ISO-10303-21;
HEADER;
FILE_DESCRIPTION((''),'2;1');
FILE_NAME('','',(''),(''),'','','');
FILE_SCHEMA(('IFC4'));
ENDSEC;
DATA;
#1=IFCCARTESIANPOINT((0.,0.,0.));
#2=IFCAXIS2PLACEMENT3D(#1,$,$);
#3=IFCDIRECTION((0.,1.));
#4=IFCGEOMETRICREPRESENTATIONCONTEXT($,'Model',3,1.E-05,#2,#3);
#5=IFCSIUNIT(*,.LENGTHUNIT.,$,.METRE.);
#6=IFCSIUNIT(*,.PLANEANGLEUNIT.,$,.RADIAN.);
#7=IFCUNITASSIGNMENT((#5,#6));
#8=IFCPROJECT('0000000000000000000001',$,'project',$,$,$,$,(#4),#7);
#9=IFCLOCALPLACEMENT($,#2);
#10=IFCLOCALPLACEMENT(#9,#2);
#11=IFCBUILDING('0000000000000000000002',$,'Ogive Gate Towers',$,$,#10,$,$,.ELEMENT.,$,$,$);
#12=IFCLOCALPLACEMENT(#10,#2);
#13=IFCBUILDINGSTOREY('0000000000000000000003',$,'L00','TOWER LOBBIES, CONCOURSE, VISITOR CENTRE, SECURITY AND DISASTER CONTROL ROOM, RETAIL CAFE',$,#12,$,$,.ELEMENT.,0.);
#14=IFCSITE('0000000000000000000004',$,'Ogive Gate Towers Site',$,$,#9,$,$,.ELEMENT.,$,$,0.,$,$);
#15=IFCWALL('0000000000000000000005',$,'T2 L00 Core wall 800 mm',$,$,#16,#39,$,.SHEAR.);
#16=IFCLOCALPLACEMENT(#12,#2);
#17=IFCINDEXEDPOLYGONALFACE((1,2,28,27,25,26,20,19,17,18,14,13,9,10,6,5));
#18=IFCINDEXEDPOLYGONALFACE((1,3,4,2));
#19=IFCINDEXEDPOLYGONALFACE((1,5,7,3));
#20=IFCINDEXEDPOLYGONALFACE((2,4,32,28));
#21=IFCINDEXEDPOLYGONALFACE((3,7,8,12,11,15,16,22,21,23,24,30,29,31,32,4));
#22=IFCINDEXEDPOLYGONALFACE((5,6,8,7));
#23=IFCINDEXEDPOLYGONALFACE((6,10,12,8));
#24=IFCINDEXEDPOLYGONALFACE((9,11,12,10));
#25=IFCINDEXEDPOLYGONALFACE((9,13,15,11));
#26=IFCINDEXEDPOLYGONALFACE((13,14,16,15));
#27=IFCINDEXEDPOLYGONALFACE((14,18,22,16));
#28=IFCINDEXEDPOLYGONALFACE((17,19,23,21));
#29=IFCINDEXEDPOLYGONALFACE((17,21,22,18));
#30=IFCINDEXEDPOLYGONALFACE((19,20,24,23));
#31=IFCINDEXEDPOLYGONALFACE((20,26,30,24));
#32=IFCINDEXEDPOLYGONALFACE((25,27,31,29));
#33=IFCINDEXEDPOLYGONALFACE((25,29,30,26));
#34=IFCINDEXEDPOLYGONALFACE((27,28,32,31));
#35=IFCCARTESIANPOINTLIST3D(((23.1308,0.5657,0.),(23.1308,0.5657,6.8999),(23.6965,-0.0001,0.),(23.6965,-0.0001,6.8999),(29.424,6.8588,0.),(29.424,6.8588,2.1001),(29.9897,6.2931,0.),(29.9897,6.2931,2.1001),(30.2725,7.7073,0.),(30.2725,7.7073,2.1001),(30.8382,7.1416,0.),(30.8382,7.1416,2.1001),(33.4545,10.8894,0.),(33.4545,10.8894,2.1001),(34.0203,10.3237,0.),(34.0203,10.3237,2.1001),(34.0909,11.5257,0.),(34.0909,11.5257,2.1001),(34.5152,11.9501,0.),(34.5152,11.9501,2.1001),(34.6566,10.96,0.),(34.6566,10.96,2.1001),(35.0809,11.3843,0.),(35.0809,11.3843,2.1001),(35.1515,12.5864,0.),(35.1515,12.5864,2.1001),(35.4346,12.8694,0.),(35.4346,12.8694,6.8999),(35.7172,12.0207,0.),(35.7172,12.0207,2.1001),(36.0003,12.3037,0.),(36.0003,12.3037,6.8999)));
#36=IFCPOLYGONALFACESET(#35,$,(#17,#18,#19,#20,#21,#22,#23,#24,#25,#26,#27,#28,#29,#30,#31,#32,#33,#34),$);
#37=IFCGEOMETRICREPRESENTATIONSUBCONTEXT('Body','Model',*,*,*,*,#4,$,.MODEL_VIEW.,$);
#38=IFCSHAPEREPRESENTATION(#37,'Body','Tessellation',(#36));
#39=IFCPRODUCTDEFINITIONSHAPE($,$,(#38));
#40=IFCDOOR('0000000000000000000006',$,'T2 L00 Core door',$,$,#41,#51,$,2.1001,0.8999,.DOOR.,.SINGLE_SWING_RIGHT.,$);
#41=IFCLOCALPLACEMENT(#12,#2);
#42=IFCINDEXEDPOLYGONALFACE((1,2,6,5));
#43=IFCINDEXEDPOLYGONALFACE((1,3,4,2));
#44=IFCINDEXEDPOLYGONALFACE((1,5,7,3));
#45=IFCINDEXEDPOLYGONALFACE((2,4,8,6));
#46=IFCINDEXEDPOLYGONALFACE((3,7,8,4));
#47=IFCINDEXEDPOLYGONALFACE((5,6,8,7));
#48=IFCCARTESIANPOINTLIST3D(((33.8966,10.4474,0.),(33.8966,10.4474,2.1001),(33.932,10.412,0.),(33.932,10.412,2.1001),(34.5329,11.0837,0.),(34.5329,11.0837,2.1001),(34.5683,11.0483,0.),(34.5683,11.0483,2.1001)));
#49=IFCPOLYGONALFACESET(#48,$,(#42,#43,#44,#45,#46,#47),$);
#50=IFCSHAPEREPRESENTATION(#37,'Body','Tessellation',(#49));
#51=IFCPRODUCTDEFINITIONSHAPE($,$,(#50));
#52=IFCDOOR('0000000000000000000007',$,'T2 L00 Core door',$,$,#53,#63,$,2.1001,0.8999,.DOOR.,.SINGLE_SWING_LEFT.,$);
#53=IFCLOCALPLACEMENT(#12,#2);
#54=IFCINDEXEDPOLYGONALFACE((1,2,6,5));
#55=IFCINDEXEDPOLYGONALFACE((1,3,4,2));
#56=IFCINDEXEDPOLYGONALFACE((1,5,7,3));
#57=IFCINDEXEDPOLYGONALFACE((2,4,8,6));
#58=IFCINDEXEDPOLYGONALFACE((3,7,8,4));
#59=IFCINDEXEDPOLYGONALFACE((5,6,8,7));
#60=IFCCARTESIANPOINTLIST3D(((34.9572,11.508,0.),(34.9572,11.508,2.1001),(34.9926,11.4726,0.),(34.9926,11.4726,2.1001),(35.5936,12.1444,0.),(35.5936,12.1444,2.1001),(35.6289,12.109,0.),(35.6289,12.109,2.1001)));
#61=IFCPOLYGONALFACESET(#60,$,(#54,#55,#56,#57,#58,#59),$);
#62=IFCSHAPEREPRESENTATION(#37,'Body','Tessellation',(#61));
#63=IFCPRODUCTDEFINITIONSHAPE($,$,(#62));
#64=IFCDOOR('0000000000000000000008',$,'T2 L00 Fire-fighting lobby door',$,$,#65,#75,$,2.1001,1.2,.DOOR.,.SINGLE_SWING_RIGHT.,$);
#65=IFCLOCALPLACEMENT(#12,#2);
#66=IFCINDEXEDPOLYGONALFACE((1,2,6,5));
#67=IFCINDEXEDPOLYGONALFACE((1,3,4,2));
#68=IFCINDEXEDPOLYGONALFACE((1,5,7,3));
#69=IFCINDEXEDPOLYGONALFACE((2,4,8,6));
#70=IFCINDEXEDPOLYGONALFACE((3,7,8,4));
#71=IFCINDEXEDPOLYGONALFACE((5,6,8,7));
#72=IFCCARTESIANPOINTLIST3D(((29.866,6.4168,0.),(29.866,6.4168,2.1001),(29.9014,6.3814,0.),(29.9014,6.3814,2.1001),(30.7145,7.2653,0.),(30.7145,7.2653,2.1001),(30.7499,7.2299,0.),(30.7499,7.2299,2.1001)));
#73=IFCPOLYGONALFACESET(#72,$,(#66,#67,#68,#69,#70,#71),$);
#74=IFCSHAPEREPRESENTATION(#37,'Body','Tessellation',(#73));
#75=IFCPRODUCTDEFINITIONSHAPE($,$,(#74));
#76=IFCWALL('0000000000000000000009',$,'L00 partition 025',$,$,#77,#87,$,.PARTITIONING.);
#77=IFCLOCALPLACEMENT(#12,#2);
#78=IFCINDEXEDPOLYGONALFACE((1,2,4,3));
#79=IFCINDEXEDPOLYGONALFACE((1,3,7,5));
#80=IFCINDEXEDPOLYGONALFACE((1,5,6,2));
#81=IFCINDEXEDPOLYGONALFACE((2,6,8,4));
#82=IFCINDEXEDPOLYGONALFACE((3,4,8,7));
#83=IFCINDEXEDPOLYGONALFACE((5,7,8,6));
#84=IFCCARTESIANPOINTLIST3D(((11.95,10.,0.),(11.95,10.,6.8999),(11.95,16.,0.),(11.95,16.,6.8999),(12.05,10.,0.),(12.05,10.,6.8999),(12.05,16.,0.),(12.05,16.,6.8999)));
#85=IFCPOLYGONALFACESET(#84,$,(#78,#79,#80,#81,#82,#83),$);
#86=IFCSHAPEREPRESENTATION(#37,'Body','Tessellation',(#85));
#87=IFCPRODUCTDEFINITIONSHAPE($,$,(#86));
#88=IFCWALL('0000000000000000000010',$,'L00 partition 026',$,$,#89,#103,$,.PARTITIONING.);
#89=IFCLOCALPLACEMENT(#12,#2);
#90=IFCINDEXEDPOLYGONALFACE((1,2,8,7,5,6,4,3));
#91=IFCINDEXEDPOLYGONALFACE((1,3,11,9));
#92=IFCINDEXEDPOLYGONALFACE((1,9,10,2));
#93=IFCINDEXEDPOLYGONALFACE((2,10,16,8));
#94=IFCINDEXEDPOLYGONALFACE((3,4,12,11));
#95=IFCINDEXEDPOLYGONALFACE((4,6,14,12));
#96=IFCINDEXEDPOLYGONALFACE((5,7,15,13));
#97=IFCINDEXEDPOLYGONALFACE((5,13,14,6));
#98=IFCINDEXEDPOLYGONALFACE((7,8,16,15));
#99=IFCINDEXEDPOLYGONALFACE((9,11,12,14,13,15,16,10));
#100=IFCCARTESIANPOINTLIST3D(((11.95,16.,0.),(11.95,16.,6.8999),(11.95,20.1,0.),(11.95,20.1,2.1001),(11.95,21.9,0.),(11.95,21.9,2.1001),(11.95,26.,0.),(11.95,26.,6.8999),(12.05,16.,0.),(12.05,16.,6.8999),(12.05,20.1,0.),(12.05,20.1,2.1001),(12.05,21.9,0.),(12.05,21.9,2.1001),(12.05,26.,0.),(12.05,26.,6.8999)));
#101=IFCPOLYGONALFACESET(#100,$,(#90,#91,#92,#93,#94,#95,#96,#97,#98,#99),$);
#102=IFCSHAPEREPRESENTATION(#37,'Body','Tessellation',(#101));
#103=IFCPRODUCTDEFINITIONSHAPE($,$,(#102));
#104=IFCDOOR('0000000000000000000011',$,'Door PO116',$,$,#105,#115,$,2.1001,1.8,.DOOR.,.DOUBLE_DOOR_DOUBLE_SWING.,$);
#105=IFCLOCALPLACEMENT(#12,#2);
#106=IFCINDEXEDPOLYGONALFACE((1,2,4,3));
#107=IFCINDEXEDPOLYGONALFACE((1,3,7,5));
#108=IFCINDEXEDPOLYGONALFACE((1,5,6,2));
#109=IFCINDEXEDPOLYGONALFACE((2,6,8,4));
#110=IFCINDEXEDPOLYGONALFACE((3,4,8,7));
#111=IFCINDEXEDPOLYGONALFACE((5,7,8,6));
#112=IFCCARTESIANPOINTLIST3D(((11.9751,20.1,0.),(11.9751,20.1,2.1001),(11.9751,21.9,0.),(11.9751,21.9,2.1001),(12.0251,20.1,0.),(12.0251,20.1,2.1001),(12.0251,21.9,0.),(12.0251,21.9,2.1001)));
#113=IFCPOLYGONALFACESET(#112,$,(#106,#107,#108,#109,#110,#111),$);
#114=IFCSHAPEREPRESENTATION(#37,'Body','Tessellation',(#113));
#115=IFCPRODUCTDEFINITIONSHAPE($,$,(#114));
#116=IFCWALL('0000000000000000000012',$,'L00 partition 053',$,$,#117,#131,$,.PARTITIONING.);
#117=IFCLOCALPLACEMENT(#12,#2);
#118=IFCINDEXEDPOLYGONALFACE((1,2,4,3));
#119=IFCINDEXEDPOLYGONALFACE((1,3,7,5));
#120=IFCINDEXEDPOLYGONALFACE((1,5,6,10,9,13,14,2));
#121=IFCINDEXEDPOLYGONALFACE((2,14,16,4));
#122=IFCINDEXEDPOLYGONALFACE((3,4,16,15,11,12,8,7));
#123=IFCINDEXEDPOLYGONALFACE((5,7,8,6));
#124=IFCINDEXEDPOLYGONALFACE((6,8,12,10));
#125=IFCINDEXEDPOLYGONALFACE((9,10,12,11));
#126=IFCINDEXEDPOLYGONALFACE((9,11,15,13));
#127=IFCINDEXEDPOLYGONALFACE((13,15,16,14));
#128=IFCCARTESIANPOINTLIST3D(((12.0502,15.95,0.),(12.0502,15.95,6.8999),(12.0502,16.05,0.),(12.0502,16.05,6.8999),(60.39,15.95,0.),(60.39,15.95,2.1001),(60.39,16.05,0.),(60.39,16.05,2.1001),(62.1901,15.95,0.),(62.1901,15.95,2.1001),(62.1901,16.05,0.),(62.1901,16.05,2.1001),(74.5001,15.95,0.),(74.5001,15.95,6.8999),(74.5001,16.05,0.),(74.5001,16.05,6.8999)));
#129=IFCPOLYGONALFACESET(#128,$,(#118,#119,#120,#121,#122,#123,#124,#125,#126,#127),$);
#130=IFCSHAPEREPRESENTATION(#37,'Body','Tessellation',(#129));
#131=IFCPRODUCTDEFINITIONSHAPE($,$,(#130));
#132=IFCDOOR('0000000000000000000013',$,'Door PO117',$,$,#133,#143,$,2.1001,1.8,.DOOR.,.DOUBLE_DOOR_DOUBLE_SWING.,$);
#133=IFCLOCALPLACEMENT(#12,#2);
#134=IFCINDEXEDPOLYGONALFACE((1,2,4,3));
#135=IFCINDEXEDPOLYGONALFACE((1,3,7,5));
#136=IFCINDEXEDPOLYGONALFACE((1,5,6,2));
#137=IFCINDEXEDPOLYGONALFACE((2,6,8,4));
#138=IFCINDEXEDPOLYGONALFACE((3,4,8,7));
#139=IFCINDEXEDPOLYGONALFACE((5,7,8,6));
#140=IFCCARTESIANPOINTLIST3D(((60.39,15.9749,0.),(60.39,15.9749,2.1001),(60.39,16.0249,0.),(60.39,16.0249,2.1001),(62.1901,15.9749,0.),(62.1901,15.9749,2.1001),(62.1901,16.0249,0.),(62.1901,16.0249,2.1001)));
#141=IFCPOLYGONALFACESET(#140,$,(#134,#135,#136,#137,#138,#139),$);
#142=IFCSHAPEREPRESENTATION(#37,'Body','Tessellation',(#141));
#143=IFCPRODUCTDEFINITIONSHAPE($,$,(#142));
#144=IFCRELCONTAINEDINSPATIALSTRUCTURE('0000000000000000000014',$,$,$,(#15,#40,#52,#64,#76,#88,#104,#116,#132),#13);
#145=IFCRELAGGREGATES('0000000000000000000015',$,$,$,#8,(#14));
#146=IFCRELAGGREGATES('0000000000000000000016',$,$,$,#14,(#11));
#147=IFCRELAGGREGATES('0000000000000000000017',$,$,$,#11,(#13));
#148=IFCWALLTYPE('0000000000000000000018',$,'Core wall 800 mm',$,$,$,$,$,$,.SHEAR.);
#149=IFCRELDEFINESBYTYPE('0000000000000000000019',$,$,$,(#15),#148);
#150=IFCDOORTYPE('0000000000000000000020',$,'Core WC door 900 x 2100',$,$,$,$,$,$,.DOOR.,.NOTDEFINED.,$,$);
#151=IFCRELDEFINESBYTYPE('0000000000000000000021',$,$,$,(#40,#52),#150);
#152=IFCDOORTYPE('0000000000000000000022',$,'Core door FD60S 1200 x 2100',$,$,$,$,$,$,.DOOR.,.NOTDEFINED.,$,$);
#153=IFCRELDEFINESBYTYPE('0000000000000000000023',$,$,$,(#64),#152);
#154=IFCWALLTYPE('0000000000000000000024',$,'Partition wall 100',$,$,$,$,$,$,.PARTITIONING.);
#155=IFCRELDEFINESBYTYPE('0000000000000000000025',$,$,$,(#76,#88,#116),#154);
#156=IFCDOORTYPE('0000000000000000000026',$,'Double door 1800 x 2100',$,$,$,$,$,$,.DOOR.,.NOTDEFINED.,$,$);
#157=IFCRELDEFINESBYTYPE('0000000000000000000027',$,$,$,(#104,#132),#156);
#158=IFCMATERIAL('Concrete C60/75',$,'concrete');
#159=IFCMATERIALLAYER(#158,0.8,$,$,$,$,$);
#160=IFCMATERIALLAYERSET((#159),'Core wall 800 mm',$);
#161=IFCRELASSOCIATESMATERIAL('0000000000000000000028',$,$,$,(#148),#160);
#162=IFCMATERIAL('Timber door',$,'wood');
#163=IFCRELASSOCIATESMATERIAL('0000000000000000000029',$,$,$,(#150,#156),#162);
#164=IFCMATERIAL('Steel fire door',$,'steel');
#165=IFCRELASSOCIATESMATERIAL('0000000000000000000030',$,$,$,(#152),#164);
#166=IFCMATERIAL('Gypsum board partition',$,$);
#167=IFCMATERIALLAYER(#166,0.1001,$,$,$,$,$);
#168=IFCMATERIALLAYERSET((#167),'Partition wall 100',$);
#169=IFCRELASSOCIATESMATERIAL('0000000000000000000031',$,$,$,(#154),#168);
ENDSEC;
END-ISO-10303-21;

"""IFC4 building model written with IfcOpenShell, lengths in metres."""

from ifc_helpers import new_model, si_unit, direction, frame, frame_2d, origin, place, context, subcontext, project, spatial, rectangle, extrude, material, layer, layer_set, type_object, element, fill, save


model = new_model("IFC4")

# Units and contexts
model_context = context("Model", 3, precision=1e-05, world=origin(), true_north=direction((0.0, 1.0)))
body_context = subcontext(model_context, "Body", "Model", "MODEL_VIEW")
ifc_project = project(units=[si_unit("LENGTHUNIT", "METRE"), si_unit("PLANEANGLEUNIT", "RADIAN")], contexts=[model_context])

# Site, building, storey
site_placement = place(None, origin())
site = spatial("IfcSite", under=ifc_project, at=site_placement, Name="Ogive Gate Towers Site", CompositionType="ELEMENT", RefElevation=0.0)
building_placement = place(site_placement, origin())
building = spatial("IfcBuilding", under=site, at=building_placement, Name="Ogive Gate Towers", CompositionType="ELEMENT")
storey_placement = place(building_placement, origin())
storey = spatial("IfcBuildingStorey", under=building, at=storey_placement, Name="L00", Description="TOWER LOBBIES, CONCOURSE, VISITOR CENTRE, SECURITY AND DISASTER CONTROL ROOM, RETAIL CAFE", CompositionType="ELEMENT", Elevation=0.0)

# Wall, openings, doors
ifc_material_1 = material(Name="Concrete C60/75", Category="concrete")
ifc_layer_1 = layer(ifc_material_1, 0.8)
ifc_layer_set_1 = layer_set([ifc_layer_1], Name="Core wall 800 mm")
wall_type_1 = type_object("IfcWallType", Name="Core wall 800 mm", PredefinedType="SHEAR", material=ifc_layer_set_1)
wall_1_placement = place(storey_placement, frame((23.4136, 0.2827, 0.0), z_axis=(0.0, 0.0, 1.0), x_axis=(0.707107, 0.707107, 0.0)))
wall_1 = element("IfcWall", 1, at=wall_1_placement, inside=storey, type_object=wall_type_1, Name="T2 L00 Core wall 800 mm", PredefinedType="SHEAR", context=body_context, shape_type="SweptSolid", body=[
    extrude(rectangle(XDim=17.4001, YDim=0.8, at=frame_2d((8.7002, 0.0))), origin(), (0.0, 0.0, 1.0), 6.8999),
])
opening_1_placement = place(wall_1_placement, frame((8.8999, 0.0, 0.0)))
opening_1 = element("IfcOpeningElement", 2, at=opening_1_placement, cuts=wall_1, PredefinedType="OPENING", context=body_context, shape_type="SweptSolid", body=[
    extrude(rectangle(XDim=1.2, YDim=2.1001, at=frame_2d((0.6001, 1.05))), frame((0.0, 0.4102, 0.0), z_axis=(0.0, -1.0, 0.0), x_axis=(1.0, 0.0, 0.0)), (0.0, 0.0, 1.0), 0.8201),
])
opening_2_placement = place(wall_1_placement, frame((14.6001, 0.0, 0.0)))
opening_2 = element("IfcOpeningElement", 3, at=opening_2_placement, cuts=wall_1, PredefinedType="OPENING", context=body_context, shape_type="SweptSolid", body=[
    extrude(rectangle(XDim=0.8999, YDim=2.1001, at=frame_2d((0.45, 1.05))), frame((0.0, 0.4102, 0.0), z_axis=(0.0, -1.0, 0.0), x_axis=(1.0, 0.0, 0.0)), (0.0, 0.0, 1.0), 0.8201),
])
opening_3_placement = place(wall_1_placement, frame((16.1001, 0.0, 0.0)))
opening_3 = element("IfcOpeningElement", 4, at=opening_3_placement, cuts=wall_1, PredefinedType="OPENING", context=body_context, shape_type="SweptSolid", body=[
    extrude(rectangle(XDim=0.8999, YDim=2.1001, at=frame_2d((0.45, 1.05))), frame((0.0, 0.4102, 0.0), z_axis=(0.0, -1.0, 0.0), x_axis=(1.0, 0.0, 0.0)), (0.0, 0.0, 1.0), 0.8201),
])
ifc_material_2 = material(Name="Timber door", Category="wood")
door_type_1 = type_object("IfcDoorType", Name="Core WC door 900 x 2100", OperationType="NOTDEFINED", PredefinedType="DOOR", material=ifc_material_2)
door_1_placement = place(opening_2_placement, origin())
door_1 = element("IfcDoor", 5, at=door_1_placement, inside=storey, type_object=door_type_1, Name="T2 L00 Core door", OperationType="SINGLE_SWING_RIGHT", OverallHeight=2.1001, OverallWidth=0.8999, PredefinedType="DOOR", context=body_context, shape_type="SweptSolid", body=[
    extrude(rectangle(XDim=0.8999, YDim=2.1001, at=frame_2d((0.45, 1.05))), frame((0.0, -0.2251, 0.0), z_axis=(0.0, -1.0, 0.0), x_axis=(1.0, 0.0, 0.0)), (0.0, 0.0, 1.0), 0.05),
])
fill(opening_2, door_1)
door_2_placement = place(opening_3_placement, origin())
door_2 = element("IfcDoor", 6, at=door_2_placement, inside=storey, type_object=door_type_1, Name="T2 L00 Core door", OperationType="SINGLE_SWING_LEFT", OverallHeight=2.1001, OverallWidth=0.8999, PredefinedType="DOOR", context=body_context, shape_type="SweptSolid", body=[
    extrude(rectangle(XDim=0.8999, YDim=2.1001, at=frame_2d((0.45, 1.05))), frame((0.0, -0.2251, 0.0), z_axis=(0.0, -1.0, 0.0), x_axis=(1.0, 0.0, 0.0)), (0.0, 0.0, 1.0), 0.05),
])
fill(opening_3, door_2)
ifc_material_3 = material(Name="Steel fire door", Category="steel")
door_type_2 = type_object("IfcDoorType", Name="Core door FD60S 1200 x 2100", OperationType="NOTDEFINED", PredefinedType="DOOR", material=ifc_material_3)
door_3_placement = place(opening_1_placement, origin())
door_3 = element("IfcDoor", 7, at=door_3_placement, inside=storey, type_object=door_type_2, Name="T2 L00 Fire-fighting lobby door", OperationType="SINGLE_SWING_RIGHT", OverallHeight=2.1001, OverallWidth=1.2, PredefinedType="DOOR", context=body_context, shape_type="SweptSolid", body=[
    extrude(rectangle(XDim=1.2, YDim=2.1001, at=frame_2d((0.6001, 1.05))), frame((0.0, -0.2251, 0.0), z_axis=(0.0, -1.0, 0.0), x_axis=(1.0, 0.0, 0.0)), (0.0, 0.0, 1.0), 0.05),
])
fill(opening_1, door_3)

# Wall
ifc_material_4 = material(Name="Gypsum board partition")
ifc_layer_2 = layer(ifc_material_4, 0.1001)
ifc_layer_set_2 = layer_set([ifc_layer_2], Name="Partition wall 100")
wall_type_2 = type_object("IfcWallType", Name="Partition wall 100", PredefinedType="PARTITIONING", material=ifc_layer_set_2)
wall_2_placement = place(storey_placement, frame((12.0, 10.0, 0.0), z_axis=(0.0, 0.0, 1.0), x_axis=(0.0, 1.0, 0.0)))
element("IfcWall", 8, at=wall_2_placement, inside=storey, type_object=wall_type_2, Name="L00 partition 025", PredefinedType="PARTITIONING", context=body_context, shape_type="SweptSolid", body=[
    extrude(rectangle(XDim=6.0, YDim=0.1001, at=frame_2d((3.0, 0.0))), origin(), (0.0, 0.0, 1.0), 6.8999),
])

# Walls, openings, doors
wall_3_placement = place(storey_placement, frame((12.0, 16.0, 0.0), z_axis=(0.0, 0.0, 1.0), x_axis=(0.0, 1.0, 0.0)))
wall_3 = element("IfcWall", 9, at=wall_3_placement, inside=storey, type_object=wall_type_2, Name="L00 partition 026", PredefinedType="PARTITIONING", context=body_context, shape_type="SweptSolid", body=[
    extrude(rectangle(XDim=10.0, YDim=0.1001, at=frame_2d((5.0, 0.0))), origin(), (0.0, 0.0, 1.0), 6.8999),
])
opening_4_placement = place(wall_3_placement, frame((4.1001, 0.0, 0.0)))
opening_4 = element("IfcOpeningElement", 10, at=opening_4_placement, cuts=wall_3, PredefinedType="OPENING", context=body_context, shape_type="SweptSolid", body=[
    extrude(rectangle(XDim=1.8, YDim=2.1001, at=frame_2d((0.8999, 1.05))), frame((0.0, 0.0601, 0.0), z_axis=(0.0, -1.0, 0.0), x_axis=(1.0, 0.0, 0.0)), (0.0, 0.0, 1.0), 0.1201),
])
door_type_3 = type_object("IfcDoorType", Name="Double door 1800 x 2100", OperationType="NOTDEFINED", PredefinedType="DOOR", material=ifc_material_2)
door_4_placement = place(opening_4_placement, origin())
door_4 = element("IfcDoor", 11, at=door_4_placement, inside=storey, type_object=door_type_3, Name="Door PO116", OperationType="DOUBLE_DOOR_DOUBLE_SWING", OverallHeight=2.1001, OverallWidth=1.8, PredefinedType="DOOR", context=body_context, shape_type="SweptSolid", body=[
    extrude(rectangle(XDim=1.8, YDim=2.1001, at=frame_2d((0.8999, 1.05))), frame((0.0, 0.0249, 0.0), z_axis=(0.0, -1.0, 0.0), x_axis=(1.0, 0.0, 0.0)), (0.0, 0.0, 1.0), 0.05),
])
fill(opening_4, door_4)
wall_4_placement = place(storey_placement, frame((12.05, 16.0, 0.0), z_axis=(0.0, 0.0, 1.0), x_axis=(1.0, 0.0, 0.0)))
wall_4 = element("IfcWall", 12, at=wall_4_placement, inside=storey, type_object=wall_type_2, Name="L00 partition 053", PredefinedType="PARTITIONING", context=body_context, shape_type="SweptSolid", body=[
    extrude(rectangle(XDim=62.45, YDim=0.1001, at=frame_2d((31.2251, 0.0))), origin(), (0.0, 0.0, 1.0), 6.8999),
])
opening_5_placement = place(wall_4_placement, frame((48.3401, 0.0, 0.0)))
opening_5 = element("IfcOpeningElement", 13, at=opening_5_placement, cuts=wall_4, PredefinedType="OPENING", context=body_context, shape_type="SweptSolid", body=[
    extrude(rectangle(XDim=1.8, YDim=2.1001, at=frame_2d((0.8999, 1.05))), frame((0.0, 0.0601, 0.0), z_axis=(0.0, -1.0, 0.0), x_axis=(1.0, 0.0, 0.0)), (0.0, 0.0, 1.0), 0.1201),
])
door_5_placement = place(opening_5_placement, origin())
door_5 = element("IfcDoor", 14, at=door_5_placement, inside=storey, type_object=door_type_3, Name="Door PO117", OperationType="DOUBLE_DOOR_DOUBLE_SWING", OverallHeight=2.1001, OverallWidth=1.8, PredefinedType="DOOR", context=body_context, shape_type="SweptSolid", body=[
    extrude(rectangle(XDim=1.8, YDim=2.1001, at=frame_2d((0.8999, 1.05))), frame((0.0, 0.0249, 0.0), z_axis=(0.0, -1.0, 0.0), x_axis=(1.0, 0.0, 0.0)), (0.0, 0.0, 1.0), 0.05),
])
fill(opening_5, door_5)

save(model, "model.ifc")
